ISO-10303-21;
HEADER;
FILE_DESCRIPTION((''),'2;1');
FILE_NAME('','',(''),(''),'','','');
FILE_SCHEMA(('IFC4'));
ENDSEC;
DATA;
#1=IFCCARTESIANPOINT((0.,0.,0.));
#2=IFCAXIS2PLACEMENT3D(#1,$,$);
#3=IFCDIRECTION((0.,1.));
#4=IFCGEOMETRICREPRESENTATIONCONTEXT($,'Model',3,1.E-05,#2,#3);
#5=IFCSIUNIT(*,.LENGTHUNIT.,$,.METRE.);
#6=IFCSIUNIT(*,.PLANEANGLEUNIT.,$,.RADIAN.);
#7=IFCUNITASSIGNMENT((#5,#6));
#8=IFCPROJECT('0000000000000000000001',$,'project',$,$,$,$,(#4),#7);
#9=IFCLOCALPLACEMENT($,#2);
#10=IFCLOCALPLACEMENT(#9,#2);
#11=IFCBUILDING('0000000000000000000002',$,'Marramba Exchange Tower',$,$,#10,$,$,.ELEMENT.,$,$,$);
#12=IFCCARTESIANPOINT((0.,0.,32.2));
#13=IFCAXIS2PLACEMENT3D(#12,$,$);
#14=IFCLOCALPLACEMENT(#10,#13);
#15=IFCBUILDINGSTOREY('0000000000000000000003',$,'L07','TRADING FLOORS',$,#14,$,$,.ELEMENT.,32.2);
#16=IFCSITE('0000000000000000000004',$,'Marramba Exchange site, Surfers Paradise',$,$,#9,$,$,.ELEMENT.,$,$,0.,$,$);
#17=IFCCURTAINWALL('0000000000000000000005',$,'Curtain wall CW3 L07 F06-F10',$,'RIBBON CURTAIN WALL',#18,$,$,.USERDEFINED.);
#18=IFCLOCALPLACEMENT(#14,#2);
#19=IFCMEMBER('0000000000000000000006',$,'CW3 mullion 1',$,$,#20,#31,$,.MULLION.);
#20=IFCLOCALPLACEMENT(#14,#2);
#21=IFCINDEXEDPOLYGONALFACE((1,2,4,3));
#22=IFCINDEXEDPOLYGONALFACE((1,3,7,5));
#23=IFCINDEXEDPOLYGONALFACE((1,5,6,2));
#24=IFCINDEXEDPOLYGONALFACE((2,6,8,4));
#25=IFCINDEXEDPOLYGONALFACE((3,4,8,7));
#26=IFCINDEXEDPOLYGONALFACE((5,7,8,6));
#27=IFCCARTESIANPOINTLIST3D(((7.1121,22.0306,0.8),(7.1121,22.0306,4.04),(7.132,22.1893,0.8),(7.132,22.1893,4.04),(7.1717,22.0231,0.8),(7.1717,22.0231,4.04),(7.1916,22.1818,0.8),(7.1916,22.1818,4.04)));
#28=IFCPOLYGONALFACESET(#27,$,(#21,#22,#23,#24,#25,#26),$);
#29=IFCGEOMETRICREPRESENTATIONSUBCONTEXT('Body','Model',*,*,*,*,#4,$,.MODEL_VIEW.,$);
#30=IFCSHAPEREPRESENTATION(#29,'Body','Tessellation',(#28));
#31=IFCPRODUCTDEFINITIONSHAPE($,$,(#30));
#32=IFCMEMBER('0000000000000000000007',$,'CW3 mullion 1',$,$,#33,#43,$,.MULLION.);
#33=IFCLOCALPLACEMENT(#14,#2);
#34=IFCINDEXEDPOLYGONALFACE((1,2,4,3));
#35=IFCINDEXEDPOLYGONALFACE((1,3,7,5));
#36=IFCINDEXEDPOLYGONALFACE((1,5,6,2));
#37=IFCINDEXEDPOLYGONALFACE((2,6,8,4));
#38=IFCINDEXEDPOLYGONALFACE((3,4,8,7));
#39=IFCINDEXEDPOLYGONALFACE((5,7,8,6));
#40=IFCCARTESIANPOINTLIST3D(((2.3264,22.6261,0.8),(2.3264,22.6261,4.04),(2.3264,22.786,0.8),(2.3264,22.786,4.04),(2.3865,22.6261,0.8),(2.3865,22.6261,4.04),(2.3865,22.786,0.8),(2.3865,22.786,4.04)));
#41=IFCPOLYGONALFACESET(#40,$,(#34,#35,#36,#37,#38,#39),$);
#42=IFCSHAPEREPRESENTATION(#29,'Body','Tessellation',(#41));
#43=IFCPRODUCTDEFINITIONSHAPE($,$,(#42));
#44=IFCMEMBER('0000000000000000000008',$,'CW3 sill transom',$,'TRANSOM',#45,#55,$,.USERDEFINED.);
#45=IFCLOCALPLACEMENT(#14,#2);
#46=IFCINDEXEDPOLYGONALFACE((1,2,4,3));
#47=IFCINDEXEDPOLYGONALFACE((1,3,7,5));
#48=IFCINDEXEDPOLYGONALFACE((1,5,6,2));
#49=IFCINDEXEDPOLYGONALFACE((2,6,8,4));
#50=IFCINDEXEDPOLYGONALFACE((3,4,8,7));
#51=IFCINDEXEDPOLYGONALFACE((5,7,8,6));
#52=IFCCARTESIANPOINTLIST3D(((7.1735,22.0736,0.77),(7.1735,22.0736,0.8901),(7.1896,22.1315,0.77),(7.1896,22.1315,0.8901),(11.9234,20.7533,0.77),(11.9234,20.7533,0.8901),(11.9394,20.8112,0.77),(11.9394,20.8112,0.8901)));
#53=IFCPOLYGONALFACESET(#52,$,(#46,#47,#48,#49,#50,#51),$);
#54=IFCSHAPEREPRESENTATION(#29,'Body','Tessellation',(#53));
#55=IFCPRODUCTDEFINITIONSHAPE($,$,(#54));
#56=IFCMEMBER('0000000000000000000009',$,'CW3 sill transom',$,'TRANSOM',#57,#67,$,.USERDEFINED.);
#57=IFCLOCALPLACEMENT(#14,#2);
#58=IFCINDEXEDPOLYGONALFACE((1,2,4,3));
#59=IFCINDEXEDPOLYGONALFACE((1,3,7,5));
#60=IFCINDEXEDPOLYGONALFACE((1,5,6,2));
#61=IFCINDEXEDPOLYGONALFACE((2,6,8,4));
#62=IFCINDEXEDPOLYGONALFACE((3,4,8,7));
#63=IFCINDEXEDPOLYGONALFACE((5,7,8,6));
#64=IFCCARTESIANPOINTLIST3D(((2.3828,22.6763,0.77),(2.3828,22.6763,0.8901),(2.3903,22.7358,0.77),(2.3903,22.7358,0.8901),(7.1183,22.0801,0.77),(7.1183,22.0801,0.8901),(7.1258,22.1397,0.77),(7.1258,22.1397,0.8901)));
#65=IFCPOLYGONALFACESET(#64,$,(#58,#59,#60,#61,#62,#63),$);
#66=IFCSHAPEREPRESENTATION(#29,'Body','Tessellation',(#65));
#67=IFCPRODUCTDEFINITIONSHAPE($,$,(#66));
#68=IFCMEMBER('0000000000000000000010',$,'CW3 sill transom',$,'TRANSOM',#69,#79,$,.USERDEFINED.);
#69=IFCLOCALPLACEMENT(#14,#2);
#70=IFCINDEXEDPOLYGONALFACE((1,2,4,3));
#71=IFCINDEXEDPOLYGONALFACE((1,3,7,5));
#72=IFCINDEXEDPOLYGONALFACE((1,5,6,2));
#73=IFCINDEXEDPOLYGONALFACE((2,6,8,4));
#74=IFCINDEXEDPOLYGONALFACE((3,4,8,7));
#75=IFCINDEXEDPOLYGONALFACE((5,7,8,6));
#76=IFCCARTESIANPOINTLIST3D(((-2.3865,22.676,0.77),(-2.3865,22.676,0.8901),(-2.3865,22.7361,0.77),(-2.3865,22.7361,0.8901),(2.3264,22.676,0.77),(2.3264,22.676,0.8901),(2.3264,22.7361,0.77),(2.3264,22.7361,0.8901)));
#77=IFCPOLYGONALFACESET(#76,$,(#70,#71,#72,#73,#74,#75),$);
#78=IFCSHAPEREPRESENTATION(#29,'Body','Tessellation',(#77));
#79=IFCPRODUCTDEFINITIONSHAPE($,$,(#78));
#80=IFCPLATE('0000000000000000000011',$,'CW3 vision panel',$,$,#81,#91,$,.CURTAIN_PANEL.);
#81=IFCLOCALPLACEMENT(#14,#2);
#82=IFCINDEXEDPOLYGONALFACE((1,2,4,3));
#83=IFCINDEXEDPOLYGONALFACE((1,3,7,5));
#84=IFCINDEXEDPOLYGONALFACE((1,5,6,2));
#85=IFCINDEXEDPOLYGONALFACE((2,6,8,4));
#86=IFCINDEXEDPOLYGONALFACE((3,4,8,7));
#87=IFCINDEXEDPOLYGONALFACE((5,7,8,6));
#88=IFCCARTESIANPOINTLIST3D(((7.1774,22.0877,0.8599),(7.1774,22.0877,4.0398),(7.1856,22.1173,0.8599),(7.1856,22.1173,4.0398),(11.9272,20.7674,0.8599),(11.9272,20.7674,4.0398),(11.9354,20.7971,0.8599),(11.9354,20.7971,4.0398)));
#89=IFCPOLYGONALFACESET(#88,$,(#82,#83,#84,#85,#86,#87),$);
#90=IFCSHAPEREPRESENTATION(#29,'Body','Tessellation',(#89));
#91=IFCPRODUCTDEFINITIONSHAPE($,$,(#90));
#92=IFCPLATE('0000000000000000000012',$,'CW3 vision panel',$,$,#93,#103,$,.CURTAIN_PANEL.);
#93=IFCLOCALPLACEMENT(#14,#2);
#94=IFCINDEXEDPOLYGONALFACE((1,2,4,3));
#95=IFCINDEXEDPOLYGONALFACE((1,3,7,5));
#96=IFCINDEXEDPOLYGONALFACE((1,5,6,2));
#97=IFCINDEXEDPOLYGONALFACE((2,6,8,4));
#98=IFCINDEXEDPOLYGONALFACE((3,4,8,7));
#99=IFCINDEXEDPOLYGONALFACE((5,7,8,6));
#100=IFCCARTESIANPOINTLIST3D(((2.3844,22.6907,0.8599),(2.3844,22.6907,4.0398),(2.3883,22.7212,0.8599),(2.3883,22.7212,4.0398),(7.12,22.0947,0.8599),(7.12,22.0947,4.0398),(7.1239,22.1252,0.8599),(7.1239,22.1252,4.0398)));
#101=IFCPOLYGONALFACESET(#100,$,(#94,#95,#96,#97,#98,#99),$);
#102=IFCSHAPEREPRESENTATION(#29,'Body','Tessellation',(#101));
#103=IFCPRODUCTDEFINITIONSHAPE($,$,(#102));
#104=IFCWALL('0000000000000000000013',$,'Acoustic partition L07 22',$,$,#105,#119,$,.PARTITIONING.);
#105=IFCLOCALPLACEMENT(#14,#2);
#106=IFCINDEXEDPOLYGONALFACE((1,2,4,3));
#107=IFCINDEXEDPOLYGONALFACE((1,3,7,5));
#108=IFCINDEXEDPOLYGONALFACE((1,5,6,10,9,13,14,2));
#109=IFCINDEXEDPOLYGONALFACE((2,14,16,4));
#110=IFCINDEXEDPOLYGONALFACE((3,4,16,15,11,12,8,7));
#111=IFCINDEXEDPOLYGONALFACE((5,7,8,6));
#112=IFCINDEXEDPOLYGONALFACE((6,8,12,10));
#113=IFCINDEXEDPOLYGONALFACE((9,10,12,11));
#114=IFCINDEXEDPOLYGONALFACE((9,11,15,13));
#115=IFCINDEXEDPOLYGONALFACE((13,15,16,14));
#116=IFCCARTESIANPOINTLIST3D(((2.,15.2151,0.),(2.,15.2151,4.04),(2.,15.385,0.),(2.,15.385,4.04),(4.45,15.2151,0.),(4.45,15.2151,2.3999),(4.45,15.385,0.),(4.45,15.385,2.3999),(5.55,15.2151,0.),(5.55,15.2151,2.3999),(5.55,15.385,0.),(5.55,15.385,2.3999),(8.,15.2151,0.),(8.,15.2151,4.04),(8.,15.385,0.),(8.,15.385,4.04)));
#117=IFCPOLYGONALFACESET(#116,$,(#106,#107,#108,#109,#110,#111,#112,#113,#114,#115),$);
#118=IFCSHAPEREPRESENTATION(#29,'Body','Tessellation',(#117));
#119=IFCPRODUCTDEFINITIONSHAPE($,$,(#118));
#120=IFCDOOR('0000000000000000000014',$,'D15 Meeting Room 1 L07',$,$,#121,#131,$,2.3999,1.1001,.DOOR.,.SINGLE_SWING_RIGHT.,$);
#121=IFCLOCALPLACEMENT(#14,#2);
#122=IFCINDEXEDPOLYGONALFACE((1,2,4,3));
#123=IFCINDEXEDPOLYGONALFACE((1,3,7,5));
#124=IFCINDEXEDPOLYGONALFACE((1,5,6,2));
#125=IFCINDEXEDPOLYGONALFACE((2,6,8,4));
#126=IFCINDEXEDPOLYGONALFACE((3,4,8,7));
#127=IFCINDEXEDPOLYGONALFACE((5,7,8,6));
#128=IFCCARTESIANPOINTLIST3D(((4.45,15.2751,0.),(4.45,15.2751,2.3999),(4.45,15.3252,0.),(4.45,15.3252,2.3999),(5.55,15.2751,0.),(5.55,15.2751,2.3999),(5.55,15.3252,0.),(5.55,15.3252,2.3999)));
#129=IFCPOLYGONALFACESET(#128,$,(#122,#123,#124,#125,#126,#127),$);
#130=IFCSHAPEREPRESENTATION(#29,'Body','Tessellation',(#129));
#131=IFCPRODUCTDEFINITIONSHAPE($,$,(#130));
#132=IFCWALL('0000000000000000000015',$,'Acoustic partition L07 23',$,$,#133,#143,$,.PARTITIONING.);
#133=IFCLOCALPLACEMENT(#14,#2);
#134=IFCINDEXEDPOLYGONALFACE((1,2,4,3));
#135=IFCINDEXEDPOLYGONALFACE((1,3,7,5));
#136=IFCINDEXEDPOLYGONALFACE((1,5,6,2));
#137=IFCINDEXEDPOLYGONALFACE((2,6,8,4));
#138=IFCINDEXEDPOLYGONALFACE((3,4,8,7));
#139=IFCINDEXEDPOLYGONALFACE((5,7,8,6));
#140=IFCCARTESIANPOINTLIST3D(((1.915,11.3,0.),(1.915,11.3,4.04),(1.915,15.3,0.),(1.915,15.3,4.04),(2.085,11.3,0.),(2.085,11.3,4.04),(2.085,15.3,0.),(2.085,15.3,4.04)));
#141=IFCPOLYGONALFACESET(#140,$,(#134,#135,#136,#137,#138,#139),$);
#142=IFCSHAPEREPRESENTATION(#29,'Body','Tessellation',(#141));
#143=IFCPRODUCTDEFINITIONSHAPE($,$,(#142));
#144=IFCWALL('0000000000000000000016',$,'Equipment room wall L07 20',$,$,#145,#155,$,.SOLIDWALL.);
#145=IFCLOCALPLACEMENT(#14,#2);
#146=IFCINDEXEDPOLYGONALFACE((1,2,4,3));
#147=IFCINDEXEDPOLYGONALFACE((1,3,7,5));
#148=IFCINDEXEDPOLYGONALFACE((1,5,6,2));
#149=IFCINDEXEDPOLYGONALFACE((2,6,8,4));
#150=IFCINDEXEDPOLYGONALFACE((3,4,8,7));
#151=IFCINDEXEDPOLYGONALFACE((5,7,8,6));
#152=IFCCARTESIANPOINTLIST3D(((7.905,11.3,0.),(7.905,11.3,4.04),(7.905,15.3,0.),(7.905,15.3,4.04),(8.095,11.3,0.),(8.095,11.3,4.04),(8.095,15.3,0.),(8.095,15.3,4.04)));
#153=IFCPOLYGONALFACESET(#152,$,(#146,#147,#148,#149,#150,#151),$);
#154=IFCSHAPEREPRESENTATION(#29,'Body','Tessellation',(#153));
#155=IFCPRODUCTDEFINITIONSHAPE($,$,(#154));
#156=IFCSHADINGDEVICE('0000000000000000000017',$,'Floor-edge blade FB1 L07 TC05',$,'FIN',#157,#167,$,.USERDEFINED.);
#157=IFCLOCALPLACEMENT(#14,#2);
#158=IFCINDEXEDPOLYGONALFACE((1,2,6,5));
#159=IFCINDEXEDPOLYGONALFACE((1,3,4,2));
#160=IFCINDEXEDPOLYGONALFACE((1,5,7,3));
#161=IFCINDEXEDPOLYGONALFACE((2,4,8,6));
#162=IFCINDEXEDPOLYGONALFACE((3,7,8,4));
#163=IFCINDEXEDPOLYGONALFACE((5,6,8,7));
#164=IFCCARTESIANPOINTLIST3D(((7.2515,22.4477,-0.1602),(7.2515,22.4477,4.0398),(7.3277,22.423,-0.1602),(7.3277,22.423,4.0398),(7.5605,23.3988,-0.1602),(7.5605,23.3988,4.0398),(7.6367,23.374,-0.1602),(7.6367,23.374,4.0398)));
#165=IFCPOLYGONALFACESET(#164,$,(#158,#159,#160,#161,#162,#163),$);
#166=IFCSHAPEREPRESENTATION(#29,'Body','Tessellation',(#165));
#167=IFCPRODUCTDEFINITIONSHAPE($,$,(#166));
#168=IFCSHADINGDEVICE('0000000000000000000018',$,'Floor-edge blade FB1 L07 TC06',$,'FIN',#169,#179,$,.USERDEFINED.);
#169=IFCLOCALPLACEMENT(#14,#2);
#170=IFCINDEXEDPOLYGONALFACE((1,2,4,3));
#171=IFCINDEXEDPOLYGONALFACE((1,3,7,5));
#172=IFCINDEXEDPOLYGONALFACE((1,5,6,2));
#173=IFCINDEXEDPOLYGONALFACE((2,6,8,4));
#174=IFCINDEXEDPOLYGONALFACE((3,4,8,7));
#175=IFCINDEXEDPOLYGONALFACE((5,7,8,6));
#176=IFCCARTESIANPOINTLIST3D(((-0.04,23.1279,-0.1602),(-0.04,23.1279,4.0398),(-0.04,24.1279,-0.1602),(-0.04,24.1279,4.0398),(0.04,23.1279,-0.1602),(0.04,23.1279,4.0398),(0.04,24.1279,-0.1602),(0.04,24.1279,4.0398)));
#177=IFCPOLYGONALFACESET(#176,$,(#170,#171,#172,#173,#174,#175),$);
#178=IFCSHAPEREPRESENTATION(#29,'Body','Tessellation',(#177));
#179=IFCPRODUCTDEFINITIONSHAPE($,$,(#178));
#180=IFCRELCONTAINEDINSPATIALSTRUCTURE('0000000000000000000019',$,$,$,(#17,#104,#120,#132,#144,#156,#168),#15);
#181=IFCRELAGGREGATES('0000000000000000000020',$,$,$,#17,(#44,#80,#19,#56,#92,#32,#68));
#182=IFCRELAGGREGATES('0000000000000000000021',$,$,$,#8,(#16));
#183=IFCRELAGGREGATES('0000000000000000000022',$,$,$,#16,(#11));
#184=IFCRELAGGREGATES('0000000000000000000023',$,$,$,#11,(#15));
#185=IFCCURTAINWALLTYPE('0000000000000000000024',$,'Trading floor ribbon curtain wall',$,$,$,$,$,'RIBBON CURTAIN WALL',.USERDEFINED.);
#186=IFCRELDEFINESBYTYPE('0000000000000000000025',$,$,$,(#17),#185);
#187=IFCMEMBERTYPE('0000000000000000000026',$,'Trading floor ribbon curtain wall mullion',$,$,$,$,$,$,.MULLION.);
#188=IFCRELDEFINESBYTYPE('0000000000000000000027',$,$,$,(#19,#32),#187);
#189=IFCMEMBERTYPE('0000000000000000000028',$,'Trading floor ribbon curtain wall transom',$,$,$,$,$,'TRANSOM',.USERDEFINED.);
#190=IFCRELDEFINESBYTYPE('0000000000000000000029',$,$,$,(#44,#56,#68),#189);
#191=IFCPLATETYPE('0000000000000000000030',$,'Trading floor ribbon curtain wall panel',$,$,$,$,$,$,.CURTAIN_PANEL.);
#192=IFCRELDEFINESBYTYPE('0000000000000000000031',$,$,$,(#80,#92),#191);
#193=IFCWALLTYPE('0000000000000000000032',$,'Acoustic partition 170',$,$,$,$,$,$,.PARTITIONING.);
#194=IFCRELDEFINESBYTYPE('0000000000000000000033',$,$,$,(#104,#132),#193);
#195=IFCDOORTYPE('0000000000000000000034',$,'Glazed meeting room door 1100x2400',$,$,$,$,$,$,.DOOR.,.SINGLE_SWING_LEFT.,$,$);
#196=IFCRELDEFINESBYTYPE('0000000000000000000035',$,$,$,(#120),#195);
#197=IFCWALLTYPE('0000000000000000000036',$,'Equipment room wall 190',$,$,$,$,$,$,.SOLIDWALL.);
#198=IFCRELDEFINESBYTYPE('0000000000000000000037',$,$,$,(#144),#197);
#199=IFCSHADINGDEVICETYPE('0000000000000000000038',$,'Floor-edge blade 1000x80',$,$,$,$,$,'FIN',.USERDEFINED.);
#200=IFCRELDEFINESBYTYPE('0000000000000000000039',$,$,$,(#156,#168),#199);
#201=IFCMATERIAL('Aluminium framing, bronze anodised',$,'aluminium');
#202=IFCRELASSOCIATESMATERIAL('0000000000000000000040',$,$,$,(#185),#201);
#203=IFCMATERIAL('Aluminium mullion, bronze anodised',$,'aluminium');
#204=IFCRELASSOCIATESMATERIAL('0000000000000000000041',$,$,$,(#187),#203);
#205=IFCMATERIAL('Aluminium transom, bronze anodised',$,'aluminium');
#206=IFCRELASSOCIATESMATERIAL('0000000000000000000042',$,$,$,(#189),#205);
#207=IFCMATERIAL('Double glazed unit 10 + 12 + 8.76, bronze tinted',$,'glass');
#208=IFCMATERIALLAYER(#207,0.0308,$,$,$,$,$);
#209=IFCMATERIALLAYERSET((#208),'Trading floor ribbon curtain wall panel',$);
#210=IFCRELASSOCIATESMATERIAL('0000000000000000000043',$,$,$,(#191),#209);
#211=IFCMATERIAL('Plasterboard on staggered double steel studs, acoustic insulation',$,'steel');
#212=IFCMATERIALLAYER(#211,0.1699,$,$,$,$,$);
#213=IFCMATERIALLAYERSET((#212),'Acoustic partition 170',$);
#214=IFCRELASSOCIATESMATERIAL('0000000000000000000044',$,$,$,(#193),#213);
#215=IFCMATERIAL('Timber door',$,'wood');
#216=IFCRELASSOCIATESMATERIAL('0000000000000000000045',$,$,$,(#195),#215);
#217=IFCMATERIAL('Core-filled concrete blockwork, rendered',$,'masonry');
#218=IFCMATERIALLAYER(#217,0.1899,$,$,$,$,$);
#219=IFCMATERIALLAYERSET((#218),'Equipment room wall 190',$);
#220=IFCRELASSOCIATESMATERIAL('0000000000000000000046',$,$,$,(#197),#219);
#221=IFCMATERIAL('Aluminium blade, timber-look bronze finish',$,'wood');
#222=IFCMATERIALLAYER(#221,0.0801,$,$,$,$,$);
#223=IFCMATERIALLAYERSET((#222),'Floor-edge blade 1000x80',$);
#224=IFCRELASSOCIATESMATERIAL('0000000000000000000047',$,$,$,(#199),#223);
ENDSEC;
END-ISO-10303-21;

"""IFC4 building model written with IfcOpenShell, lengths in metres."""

from ifc_helpers import new_model, si_unit, direction, frame, frame_2d, origin, origin_2d, place, context, subcontext, project, spatial, rectangle, extrude, material, layer, layer_set, material_profile, profile_set, type_object, element, fill, aggregate, save


model = new_model("IFC4")

# Units and contexts
model_context = context("Model", 3, precision=1e-05, world=origin(), true_north=direction((0.0, 1.0)))
body_context = subcontext(model_context, "Body", "Model", "MODEL_VIEW")
ifc_project = project(units=[si_unit("LENGTHUNIT", "METRE"), si_unit("PLANEANGLEUNIT", "RADIAN")], contexts=[model_context])

# Site, building, storey
site_placement = place(None, origin())
site = spatial("IfcSite", under=ifc_project, at=site_placement, Name="Marramba Exchange site, Surfers Paradise", CompositionType="ELEMENT", RefElevation=0.0)
building_placement = place(site_placement, origin())
building = spatial("IfcBuilding", under=site, at=building_placement, Name="Marramba Exchange Tower", CompositionType="ELEMENT")
storey_placement = place(building_placement, frame((0.0, 0.0, 32.2)))
storey = spatial("IfcBuildingStorey", under=building, at=storey_placement, Name="L07", Description="TRADING FLOORS", CompositionType="ELEMENT", Elevation=32.2)

# Curtain wall, members, plates
ifc_material_1 = material(Name="Aluminium framing, bronze anodised", Category="aluminium")
curtain_wall_type = type_object("IfcCurtainWallType", Name="Trading floor ribbon curtain wall", ElementType="RIBBON CURTAIN WALL", PredefinedType="USERDEFINED", material=ifc_material_1)
curtain_wall_placement = place(storey_placement, origin())
curtain_wall = element("IfcCurtainWall", 1, at=curtain_wall_placement, inside=storey, type_object=curtain_wall_type, Name="Curtain wall CW3 L07 F06-F10", ObjectType="RIBBON CURTAIN WALL", PredefinedType="USERDEFINED")
ifc_material_2 = material(Name="Aluminium mullion, bronze anodised", Category="aluminium")
ifc_material_profile_1 = material_profile(ifc_material_2, rectangle(XDim=0.1599, YDim=0.0601, at=origin_2d()), Name="CW3 mullion 60x160")
ifc_profile_set_1 = profile_set([ifc_material_profile_1], Name="Aluminium mullion, bronze anodised")
member_type_1 = type_object("IfcMemberType", Name="Trading floor ribbon curtain wall mullion", PredefinedType="MULLION", material=ifc_profile_set_1)
member_1_placement = place(storey_placement, frame((7.1519, 22.1062, 0.8), z_axis=(0.0, 0.0, 1.0), x_axis=(-0.124873, -0.992173, 0.0)))
member_1 = element("IfcMember", 2, at=member_1_placement, type_object=member_type_1, Name="CW3 mullion 1", PredefinedType="MULLION", context=body_context, shape_type="SweptSolid", body=[
    extrude(rectangle(XDim=0.1599, YDim=0.0601, at=origin_2d()), origin(), (0.0, 0.0, 1.0), 3.24),
])
member_2_placement = place(storey_placement, frame((2.3564, 22.7061, 0.8), z_axis=(0.0, 0.0, 1.0), x_axis=(0.0, -1.0, 0.0)))
member_2 = element("IfcMember", 3, at=member_2_placement, type_object=member_type_1, Name="CW3 mullion 1", PredefinedType="MULLION", context=body_context, shape_type="SweptSolid", body=[
    extrude(rectangle(XDim=0.1599, YDim=0.0601, at=origin_2d()), origin(), (0.0, 0.0, 1.0), 3.24),
])
ifc_material_3 = material(Name="Aluminium transom, bronze anodised", Category="aluminium")
ifc_material_profile_2 = material_profile(ifc_material_3, rectangle(XDim=0.0601, YDim=0.1201, at=origin_2d()), Name="CW3 transom 60x120")
ifc_profile_set_2 = profile_set([ifc_material_profile_2], Name="Aluminium transom, bronze anodised")
member_type_2 = type_object("IfcMemberType", Name="Trading floor ribbon curtain wall transom", ElementType="TRANSOM", PredefinedType="USERDEFINED", material=ifc_profile_set_2)
member_3_placement = place(storey_placement, frame((11.9314, 20.7822, 0.8301), z_axis=(-0.963469, 0.26782, 0.0), x_axis=(-0.26782, -0.963469, 0.0)))
member_3 = element("IfcMember", 4, at=member_3_placement, type_object=member_type_2, Name="CW3 sill transom", ObjectType="TRANSOM", PredefinedType="USERDEFINED", context=body_context, shape_type="SweptSolid", body=[
    extrude(rectangle(XDim=0.0601, YDim=0.1201, at=origin_2d()), origin(), (0.0, 0.0, 1.0), 4.9299),
])
member_4_placement = place(storey_placement, frame((7.1221, 22.1099, 0.8301), z_axis=(-0.992168, 0.12491, 0.0), x_axis=(-0.12491, -0.992168, 0.0)))
member_4 = element("IfcMember", 5, at=member_4_placement, type_object=member_type_2, Name="CW3 sill transom", ObjectType="TRANSOM", PredefinedType="USERDEFINED", context=body_context, shape_type="SweptSolid", body=[
    extrude(rectangle(XDim=0.0601, YDim=0.1201, at=origin_2d()), origin(), (0.0, 0.0, 1.0), 4.7729),
])
member_5_placement = place(storey_placement, frame((2.3264, 22.7061, 0.8301), z_axis=(-1.0, 0.0, 0.0), x_axis=(0.0, -1.0, 0.0)))
member_5 = element("IfcMember", 6, at=member_5_placement, type_object=member_type_2, Name="CW3 sill transom", ObjectType="TRANSOM", PredefinedType="USERDEFINED", context=body_context, shape_type="SweptSolid", body=[
    extrude(rectangle(XDim=0.0601, YDim=0.1201, at=origin_2d()), origin(), (0.0, 0.0, 1.0), 4.7129),
])
ifc_material_4 = material(Name="Double glazed unit 10 + 12 + 8.76, bronze tinted", Category="glass")
ifc_layer_1 = layer(ifc_material_4, 0.0308)
ifc_layer_set_1 = layer_set([ifc_layer_1], Name="Trading floor ribbon curtain wall panel")
plate_type = type_object("IfcPlateType", Name="Trading floor ribbon curtain wall panel", PredefinedType="CURTAIN_PANEL", material=ifc_layer_set_1)
plate_1_placement = place(storey_placement, frame((9.5564, 21.4424, 0.8599), z_axis=(0.0, 0.0, 1.0), x_axis=(-0.963472, 0.267809, 0.0)))
plate_1 = element("IfcPlate", 7, at=plate_1_placement, type_object=plate_type, Name="CW3 vision panel", PredefinedType="CURTAIN_PANEL", context=body_context, shape_type="SweptSolid", body=[
    extrude(rectangle(XDim=4.9299, YDim=0.0308, at=origin_2d()), origin(), (0.0, 0.0, 1.0), 3.1799),
])
plate_2_placement = place(storey_placement, frame((4.7542, 22.408, 0.8599), z_axis=(0.0, 0.0, 1.0), x_axis=(-0.992173, 0.124873, 0.0)))
plate_2 = element("IfcPlate", 8, at=plate_2_placement, type_object=plate_type, Name="CW3 vision panel", PredefinedType="CURTAIN_PANEL", context=body_context, shape_type="SweptSolid", body=[
    extrude(rectangle(XDim=4.7729, YDim=0.0308, at=origin_2d()), origin(), (0.0, 0.0, 1.0), 3.1799),
])
aggregate(curtain_wall, [member_3, plate_1, member_1, member_4, plate_2, member_2, member_5])

# Wall, opening, door
ifc_material_5 = material(Name="Plasterboard on staggered double steel studs, acoustic insulation", Category="steel")
ifc_layer_2 = layer(ifc_material_5, 0.1699)
ifc_layer_set_2 = layer_set([ifc_layer_2], Name="Acoustic partition 170")
wall_type_1 = type_object("IfcWallType", Name="Acoustic partition 170", PredefinedType="PARTITIONING", material=ifc_layer_set_2)
wall_1_placement = place(storey_placement, frame((8.0, 15.3, 0.0), z_axis=(0.0, 0.0, 1.0), x_axis=(-1.0, 0.0, 0.0)))
wall_1 = element("IfcWall", 9, at=wall_1_placement, inside=storey, type_object=wall_type_1, Name="Acoustic partition L07 22", PredefinedType="PARTITIONING", context=body_context, shape_type="SweptSolid", body=[
    extrude(rectangle(XDim=6.0, YDim=0.1699, at=frame_2d((3.0, 0.0))), origin(), (0.0, 0.0, 1.0), 4.04),
])
opening_placement = place(wall_1_placement, frame((2.45, 0.0, 0.0)))
opening = element("IfcOpeningElement", 10, at=opening_placement, cuts=wall_1, PredefinedType="OPENING", context=body_context, shape_type="SweptSolid", body=[
    extrude(rectangle(XDim=1.1001, YDim=2.3999, at=frame_2d((0.55, 1.2))), frame((0.0, 0.095, 0.0), z_axis=(0.0, -1.0, 0.0), x_axis=(1.0, 0.0, 0.0)), (0.0, 0.0, 1.0), 0.1899),
])
ifc_material_6 = material(Name="Timber door", Category="wood")
door_type = type_object("IfcDoorType", Name="Glazed meeting room door 1100x2400", OperationType="SINGLE_SWING_LEFT", PredefinedType="DOOR", material=ifc_material_6)
door_placement = place(opening_placement, origin())
door = element("IfcDoor", 11, at=door_placement, inside=storey, type_object=door_type, Name="D15 Meeting Room 1 L07", OperationType="SINGLE_SWING_RIGHT", OverallHeight=2.3999, OverallWidth=1.1001, PredefinedType="DOOR", context=body_context, shape_type="SweptSolid", body=[
    extrude(rectangle(XDim=1.1001, YDim=2.3999, at=frame_2d((0.55, 1.2))), frame((0.0, 0.0249, 0.0), z_axis=(0.0, -1.0, 0.0), x_axis=(1.0, 0.0, 0.0)), (0.0, 0.0, 1.0), 0.05),
])
fill(opening, door)

# Walls
wall_2_placement = place(storey_placement, frame((2.0, 15.3, 0.0), z_axis=(0.0, 0.0, 1.0), x_axis=(0.0, -1.0, 0.0)))
element("IfcWall", 12, at=wall_2_placement, inside=storey, type_object=wall_type_1, Name="Acoustic partition L07 23", PredefinedType="PARTITIONING", context=body_context, shape_type="SweptSolid", body=[
    extrude(rectangle(XDim=4.0, YDim=0.1699, at=frame_2d((2.0, 0.0))), origin(), (0.0, 0.0, 1.0), 4.04),
])
ifc_material_7 = material(Name="Core-filled concrete blockwork, rendered", Category="masonry")
ifc_layer_3 = layer(ifc_material_7, 0.1899)
ifc_layer_set_3 = layer_set([ifc_layer_3], Name="Equipment room wall 190")
wall_type_2 = type_object("IfcWallType", Name="Equipment room wall 190", PredefinedType="SOLIDWALL", material=ifc_layer_set_3)
wall_3_placement = place(storey_placement, frame((8.0, 15.3, 0.0), z_axis=(0.0, 0.0, 1.0), x_axis=(0.0, -1.0, 0.0)))
element("IfcWall", 13, at=wall_3_placement, inside=storey, type_object=wall_type_2, Name="Equipment room wall L07 20", PredefinedType="SOLIDWALL", context=body_context, shape_type="SweptSolid", body=[
    extrude(rectangle(XDim=4.0, YDim=0.1899, at=frame_2d((2.0, 0.0))), origin(), (0.0, 0.0, 1.0), 4.04),
])

# Shading devices
ifc_material_8 = material(Name="Aluminium blade, timber-look bronze finish", Category="wood")
ifc_layer_4 = layer(ifc_material_8, 0.0801)
ifc_layer_set_4 = layer_set([ifc_layer_4], Name="Floor-edge blade 1000x80")
shading_device_type_1 = type_object("IfcShadingDeviceType", Name="Floor-edge blade 1000x80", ElementType="FIN", PredefinedType="USERDEFINED", material=ifc_layer_set_4)
for number, where, z_axis, x_axis, name in (
    (14, (7.4441, 22.9109, -0.1602), (0.0, 0.0, 1.0), (0.309017, 0.951057, 0.0), "Floor-edge blade FB1 L07 TC05"),
    (15, (0.0, 23.6279, -0.1602), (0.0, 0.0, 1.0), (0.0, 1.0, 0.0), "Floor-edge blade FB1 L07 TC06"),
):
    element("IfcShadingDevice", number, at=place(storey_placement, frame(where, z_axis=z_axis, x_axis=x_axis)), inside=storey, type_object=shading_device_type_1, Name=name, ObjectType="FIN", PredefinedType="USERDEFINED", context=body_context, shape_type="SweptSolid", body=[
        extrude(rectangle(XDim=1.0, YDim=0.0801, at=origin_2d()), origin(), (0.0, 0.0, 1.0), 4.2),
    ])

save(model, "model.ifc")
